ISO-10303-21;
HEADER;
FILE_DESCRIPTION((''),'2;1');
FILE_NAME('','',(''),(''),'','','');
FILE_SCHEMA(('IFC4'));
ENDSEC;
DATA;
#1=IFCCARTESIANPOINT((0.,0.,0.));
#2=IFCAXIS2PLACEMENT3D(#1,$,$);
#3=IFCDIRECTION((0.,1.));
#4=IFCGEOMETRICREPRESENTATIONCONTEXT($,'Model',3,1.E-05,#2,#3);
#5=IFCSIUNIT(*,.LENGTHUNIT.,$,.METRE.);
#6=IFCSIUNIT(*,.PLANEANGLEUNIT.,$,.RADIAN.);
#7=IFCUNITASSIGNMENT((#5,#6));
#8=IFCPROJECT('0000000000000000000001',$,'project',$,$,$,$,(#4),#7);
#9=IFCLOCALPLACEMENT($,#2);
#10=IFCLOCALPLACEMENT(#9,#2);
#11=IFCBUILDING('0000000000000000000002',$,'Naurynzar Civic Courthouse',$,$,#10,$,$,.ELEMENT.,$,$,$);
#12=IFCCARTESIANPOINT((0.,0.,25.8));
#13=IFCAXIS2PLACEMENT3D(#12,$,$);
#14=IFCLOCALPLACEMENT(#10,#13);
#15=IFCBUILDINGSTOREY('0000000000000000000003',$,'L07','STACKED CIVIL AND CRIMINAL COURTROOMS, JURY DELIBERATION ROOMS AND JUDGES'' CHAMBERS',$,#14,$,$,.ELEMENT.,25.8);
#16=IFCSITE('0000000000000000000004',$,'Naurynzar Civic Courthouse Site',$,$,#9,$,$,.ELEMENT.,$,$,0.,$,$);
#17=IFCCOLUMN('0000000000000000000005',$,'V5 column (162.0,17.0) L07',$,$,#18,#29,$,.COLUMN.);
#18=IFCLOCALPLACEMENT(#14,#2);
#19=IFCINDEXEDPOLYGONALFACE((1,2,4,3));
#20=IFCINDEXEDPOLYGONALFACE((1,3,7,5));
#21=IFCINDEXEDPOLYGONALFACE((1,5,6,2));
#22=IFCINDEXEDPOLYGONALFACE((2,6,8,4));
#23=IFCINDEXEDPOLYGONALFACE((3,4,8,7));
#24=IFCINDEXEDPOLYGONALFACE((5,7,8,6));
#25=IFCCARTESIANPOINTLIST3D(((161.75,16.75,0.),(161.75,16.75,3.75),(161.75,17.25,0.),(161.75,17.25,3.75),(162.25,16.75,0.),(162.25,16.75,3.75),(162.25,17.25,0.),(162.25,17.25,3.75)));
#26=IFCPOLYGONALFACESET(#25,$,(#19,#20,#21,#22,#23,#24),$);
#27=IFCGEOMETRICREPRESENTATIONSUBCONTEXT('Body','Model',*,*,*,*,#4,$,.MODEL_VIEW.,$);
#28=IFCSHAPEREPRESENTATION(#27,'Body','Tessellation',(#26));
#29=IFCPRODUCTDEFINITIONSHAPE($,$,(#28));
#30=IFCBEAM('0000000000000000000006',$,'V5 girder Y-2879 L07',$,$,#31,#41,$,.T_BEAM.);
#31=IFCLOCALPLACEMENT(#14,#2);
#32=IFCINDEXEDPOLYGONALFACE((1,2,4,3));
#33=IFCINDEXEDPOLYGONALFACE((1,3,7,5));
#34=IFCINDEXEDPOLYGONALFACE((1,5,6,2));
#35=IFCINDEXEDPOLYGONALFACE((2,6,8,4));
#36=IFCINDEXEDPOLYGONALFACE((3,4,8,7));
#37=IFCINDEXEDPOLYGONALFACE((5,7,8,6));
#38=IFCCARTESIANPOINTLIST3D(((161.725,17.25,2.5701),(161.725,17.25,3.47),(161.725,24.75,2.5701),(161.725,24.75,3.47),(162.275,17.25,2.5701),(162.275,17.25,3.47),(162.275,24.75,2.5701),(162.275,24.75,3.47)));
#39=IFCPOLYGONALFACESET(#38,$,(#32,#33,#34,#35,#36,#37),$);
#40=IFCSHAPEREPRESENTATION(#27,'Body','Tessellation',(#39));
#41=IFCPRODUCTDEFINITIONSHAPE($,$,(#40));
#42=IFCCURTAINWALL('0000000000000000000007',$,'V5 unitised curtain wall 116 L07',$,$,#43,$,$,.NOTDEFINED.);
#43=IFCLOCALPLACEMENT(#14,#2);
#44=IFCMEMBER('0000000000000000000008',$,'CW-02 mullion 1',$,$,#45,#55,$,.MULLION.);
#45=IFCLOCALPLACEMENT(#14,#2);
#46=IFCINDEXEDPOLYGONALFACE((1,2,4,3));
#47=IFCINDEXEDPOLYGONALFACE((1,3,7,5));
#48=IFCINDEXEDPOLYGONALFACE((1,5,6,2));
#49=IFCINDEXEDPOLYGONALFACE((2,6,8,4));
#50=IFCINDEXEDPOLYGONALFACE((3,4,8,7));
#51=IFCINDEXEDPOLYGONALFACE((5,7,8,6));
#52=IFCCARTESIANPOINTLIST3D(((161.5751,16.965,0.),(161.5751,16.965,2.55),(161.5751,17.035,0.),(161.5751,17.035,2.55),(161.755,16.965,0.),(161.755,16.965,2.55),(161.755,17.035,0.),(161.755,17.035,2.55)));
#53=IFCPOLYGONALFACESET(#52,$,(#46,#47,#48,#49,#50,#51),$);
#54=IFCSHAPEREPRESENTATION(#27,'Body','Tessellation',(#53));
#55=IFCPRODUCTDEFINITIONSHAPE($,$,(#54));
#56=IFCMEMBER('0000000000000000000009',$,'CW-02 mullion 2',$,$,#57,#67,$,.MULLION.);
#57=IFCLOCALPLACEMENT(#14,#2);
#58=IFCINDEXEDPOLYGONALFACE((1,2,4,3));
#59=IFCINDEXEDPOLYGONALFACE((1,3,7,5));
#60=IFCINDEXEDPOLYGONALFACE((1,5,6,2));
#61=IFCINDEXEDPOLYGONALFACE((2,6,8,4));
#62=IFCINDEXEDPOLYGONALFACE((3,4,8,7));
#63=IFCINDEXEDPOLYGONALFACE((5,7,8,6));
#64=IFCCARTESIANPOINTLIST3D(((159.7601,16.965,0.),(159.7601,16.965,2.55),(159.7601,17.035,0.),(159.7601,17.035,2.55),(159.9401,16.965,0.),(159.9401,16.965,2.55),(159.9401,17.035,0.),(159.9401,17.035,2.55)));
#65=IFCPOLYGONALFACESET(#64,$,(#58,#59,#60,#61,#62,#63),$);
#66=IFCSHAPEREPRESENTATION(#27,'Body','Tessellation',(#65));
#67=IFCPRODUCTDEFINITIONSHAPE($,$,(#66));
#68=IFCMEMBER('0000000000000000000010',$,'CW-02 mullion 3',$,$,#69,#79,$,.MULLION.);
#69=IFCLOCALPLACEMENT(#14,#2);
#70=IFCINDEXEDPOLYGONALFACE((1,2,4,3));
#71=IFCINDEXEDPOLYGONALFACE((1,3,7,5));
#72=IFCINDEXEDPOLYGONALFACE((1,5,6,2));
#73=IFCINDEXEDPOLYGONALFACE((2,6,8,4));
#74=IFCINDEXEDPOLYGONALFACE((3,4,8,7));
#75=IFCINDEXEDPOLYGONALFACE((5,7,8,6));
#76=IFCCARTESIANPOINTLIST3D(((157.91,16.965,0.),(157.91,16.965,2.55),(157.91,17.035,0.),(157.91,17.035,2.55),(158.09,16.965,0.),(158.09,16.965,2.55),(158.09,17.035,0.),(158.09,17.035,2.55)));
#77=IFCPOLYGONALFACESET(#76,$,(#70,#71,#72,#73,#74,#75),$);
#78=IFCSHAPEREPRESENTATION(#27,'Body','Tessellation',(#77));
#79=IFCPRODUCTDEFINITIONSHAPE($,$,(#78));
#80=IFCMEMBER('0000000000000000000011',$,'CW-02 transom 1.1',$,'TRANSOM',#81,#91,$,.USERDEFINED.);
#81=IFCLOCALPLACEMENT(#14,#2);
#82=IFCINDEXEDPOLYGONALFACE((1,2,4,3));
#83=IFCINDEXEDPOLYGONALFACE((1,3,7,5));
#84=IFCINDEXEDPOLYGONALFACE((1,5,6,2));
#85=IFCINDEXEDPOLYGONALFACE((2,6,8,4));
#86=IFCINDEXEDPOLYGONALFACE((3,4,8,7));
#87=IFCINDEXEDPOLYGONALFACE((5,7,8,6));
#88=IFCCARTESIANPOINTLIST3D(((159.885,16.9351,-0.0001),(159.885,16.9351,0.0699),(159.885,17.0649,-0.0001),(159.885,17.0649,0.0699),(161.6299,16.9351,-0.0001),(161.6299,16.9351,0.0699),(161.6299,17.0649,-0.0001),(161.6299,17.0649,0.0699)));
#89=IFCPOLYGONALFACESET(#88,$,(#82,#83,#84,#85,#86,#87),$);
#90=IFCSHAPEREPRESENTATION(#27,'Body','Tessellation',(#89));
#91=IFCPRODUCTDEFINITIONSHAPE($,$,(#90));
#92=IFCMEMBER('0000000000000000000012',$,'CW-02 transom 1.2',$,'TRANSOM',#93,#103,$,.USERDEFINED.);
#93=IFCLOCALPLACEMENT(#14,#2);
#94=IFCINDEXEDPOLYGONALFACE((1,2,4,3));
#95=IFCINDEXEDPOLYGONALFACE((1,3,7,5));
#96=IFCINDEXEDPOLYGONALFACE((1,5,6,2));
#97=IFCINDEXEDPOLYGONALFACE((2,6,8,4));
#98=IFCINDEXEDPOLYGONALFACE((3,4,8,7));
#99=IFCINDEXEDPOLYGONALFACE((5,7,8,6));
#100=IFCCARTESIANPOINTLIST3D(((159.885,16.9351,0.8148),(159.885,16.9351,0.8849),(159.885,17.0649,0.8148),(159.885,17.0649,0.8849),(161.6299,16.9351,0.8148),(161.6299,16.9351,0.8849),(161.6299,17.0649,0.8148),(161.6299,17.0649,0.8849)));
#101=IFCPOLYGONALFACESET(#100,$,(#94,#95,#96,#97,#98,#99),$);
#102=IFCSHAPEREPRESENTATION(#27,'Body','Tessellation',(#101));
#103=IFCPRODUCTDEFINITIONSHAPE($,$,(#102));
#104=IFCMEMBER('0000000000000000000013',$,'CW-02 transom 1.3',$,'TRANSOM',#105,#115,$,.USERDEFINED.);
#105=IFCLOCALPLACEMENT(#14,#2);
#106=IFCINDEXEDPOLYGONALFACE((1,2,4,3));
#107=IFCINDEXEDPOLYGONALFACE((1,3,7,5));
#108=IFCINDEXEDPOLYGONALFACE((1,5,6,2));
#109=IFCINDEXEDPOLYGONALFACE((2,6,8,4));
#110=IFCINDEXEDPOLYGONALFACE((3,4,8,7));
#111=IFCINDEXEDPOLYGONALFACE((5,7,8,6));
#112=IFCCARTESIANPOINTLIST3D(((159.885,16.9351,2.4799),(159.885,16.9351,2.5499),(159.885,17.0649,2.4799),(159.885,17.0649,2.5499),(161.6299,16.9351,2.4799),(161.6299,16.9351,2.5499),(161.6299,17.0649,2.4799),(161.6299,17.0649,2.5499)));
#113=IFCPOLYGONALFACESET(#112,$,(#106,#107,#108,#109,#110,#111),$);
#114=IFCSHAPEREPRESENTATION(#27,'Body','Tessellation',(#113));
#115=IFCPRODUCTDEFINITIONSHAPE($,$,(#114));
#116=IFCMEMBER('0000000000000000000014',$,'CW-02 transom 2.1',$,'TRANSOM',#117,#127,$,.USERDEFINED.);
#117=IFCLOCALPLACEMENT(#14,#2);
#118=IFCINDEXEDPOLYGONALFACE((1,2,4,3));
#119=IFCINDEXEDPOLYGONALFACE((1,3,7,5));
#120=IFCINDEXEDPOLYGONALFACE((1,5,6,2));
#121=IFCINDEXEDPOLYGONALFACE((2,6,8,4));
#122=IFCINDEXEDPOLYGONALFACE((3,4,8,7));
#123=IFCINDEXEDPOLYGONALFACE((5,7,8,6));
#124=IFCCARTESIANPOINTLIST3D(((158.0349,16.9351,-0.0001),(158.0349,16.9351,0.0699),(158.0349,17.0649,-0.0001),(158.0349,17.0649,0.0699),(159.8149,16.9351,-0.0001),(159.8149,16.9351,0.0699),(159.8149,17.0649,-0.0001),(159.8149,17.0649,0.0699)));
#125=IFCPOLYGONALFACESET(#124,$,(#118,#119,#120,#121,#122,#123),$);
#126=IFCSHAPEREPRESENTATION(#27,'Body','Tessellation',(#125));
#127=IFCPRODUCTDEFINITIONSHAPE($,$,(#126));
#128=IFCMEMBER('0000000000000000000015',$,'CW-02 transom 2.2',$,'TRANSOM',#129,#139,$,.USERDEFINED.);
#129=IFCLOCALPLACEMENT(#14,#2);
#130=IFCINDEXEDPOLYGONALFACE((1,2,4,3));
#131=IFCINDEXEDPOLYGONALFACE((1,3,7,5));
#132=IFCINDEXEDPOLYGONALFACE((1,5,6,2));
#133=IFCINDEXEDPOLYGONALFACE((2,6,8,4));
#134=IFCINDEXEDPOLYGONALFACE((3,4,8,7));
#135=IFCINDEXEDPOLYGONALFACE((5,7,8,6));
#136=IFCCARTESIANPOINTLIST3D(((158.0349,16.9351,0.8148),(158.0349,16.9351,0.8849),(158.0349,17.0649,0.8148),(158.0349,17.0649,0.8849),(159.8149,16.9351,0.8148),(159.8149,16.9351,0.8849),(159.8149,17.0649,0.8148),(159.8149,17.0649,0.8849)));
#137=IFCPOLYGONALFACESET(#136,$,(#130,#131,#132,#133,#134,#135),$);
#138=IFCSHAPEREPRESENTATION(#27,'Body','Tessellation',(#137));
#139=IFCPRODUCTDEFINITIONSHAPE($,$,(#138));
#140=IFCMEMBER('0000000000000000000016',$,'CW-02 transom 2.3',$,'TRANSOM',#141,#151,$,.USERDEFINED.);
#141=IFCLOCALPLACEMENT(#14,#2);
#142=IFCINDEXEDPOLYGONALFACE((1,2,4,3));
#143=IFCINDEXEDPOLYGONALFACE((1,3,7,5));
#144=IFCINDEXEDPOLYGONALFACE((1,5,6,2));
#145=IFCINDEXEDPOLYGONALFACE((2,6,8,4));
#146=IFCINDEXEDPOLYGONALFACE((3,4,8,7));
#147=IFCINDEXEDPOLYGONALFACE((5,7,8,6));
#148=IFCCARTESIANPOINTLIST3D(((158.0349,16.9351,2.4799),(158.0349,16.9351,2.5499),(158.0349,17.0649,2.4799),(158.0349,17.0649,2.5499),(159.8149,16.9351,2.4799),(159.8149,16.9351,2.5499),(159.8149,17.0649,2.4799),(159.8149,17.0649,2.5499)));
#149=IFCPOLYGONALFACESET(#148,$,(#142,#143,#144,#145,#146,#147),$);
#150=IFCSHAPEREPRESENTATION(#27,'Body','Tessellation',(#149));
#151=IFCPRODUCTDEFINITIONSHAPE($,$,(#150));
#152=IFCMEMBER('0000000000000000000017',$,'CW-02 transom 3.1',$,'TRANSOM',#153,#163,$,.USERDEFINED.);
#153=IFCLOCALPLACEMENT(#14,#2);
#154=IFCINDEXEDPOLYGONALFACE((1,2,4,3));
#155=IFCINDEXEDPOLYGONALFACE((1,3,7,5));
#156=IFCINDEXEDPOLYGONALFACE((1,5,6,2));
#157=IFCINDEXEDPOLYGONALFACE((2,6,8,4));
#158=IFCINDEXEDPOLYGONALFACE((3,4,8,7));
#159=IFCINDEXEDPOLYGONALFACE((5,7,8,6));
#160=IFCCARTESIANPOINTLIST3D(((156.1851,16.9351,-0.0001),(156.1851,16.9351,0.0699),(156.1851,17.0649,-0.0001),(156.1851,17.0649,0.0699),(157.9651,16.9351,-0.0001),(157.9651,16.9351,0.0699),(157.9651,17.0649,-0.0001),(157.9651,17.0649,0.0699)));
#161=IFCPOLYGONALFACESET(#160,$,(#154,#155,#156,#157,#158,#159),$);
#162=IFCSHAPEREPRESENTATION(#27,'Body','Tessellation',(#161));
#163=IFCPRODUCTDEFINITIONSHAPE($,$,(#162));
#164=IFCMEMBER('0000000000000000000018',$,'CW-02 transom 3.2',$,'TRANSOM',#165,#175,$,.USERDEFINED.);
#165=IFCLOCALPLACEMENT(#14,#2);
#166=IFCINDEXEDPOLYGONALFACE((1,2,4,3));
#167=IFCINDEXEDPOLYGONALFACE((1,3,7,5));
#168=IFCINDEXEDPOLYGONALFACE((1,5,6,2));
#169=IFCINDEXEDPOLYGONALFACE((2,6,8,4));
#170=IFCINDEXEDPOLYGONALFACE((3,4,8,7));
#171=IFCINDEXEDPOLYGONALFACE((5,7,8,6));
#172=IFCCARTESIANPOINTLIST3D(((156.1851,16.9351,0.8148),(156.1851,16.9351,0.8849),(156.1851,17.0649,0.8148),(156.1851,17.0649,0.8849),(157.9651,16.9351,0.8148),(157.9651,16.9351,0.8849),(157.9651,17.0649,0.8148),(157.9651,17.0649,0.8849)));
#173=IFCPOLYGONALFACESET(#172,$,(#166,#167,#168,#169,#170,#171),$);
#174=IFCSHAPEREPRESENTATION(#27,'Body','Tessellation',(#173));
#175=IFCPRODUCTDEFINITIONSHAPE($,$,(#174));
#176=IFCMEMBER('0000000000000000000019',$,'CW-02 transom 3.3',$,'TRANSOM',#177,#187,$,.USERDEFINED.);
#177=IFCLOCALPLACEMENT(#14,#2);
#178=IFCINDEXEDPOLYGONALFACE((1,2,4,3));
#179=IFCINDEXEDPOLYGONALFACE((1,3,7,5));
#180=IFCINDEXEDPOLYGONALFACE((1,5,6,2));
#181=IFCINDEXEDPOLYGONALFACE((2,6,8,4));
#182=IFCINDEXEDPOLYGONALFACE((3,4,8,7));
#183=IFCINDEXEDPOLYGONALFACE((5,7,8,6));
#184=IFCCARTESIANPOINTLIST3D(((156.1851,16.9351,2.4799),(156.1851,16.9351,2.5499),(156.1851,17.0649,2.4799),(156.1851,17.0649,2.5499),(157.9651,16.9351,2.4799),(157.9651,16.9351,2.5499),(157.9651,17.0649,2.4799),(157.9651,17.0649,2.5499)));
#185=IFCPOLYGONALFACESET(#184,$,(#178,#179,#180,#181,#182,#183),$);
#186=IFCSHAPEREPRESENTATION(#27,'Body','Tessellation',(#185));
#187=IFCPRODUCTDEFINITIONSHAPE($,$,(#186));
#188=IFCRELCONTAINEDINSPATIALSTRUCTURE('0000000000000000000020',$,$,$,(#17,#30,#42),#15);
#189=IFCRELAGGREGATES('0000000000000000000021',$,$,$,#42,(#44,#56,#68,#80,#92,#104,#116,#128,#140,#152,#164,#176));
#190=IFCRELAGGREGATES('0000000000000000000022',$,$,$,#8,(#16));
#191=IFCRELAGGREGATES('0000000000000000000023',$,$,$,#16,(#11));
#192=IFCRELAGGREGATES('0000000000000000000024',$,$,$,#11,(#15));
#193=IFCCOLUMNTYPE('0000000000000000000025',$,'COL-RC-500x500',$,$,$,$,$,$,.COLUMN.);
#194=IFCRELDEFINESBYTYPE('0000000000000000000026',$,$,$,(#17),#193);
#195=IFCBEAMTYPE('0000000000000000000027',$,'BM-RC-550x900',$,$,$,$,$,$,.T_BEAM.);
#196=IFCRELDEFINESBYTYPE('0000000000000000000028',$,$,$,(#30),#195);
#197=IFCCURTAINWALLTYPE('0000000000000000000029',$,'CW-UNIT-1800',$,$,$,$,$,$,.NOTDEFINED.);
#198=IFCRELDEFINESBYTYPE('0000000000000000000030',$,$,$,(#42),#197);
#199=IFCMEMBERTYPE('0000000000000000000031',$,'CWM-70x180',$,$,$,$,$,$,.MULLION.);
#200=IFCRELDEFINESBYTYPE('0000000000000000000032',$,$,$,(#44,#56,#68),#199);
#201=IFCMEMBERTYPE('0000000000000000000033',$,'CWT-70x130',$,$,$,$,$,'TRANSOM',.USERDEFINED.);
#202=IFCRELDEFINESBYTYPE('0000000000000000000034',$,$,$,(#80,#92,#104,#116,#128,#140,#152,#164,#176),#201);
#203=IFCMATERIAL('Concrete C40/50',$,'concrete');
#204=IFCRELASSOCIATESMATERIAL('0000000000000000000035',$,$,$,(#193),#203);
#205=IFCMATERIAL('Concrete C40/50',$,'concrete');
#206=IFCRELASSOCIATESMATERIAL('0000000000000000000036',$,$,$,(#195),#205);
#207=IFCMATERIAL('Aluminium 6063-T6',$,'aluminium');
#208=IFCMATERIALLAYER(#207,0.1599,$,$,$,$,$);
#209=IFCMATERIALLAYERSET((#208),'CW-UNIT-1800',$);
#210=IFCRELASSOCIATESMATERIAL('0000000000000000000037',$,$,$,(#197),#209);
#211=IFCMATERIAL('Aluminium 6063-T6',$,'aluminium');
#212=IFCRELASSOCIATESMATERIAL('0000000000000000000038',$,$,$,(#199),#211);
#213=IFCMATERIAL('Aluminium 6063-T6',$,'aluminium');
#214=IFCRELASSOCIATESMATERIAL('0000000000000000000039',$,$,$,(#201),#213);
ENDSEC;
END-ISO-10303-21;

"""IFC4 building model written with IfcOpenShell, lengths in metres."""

from ifc_helpers import new_model, si_unit, direction, frame, origin, origin_2d, place, context, subcontext, project, spatial, rectangle, extrude, material, layer, layer_set, material_profile, profile_set, type_object, element, aggregate, save


model = new_model("IFC4")

# Units and contexts
model_context = context("Model", 3, precision=1e-05, world=origin(), true_north=direction((0.0, 1.0)))
body_context = subcontext(model_context, "Body", "Model", "MODEL_VIEW")
ifc_project = project(units=[si_unit("LENGTHUNIT", "METRE"), si_unit("PLANEANGLEUNIT", "RADIAN")], contexts=[model_context])

# Site, building, storey
site_placement = place(None, origin())
site = spatial("IfcSite", under=ifc_project, at=site_placement, Name="Naurynzar Civic Courthouse Site", CompositionType="ELEMENT", RefElevation=0.0)
building_placement = place(site_placement, origin())
building = spatial("IfcBuilding", under=site, at=building_placement, Name="Naurynzar Civic Courthouse", CompositionType="ELEMENT")
storey_placement = place(building_placement, frame((0.0, 0.0, 25.8)))
storey = spatial("IfcBuildingStorey", under=building, at=storey_placement, Name="L07", Description="STACKED CIVIL AND CRIMINAL COURTROOMS, JURY DELIBERATION ROOMS AND JUDGES' CHAMBERS", CompositionType="ELEMENT", Elevation=25.8)

# Column
ifc_material_1 = material(Name="Concrete C40/50", Category="concrete")
ifc_material_profile_1 = material_profile(ifc_material_1, rectangle(XDim=0.5, YDim=0.5, at=origin_2d()), Name="RC 500x500")
ifc_profile_set_1 = profile_set([ifc_material_profile_1], Name="Concrete C40/50")
column_type = type_object("IfcColumnType", Name="COL-RC-500x500", PredefinedType="COLUMN", material=ifc_profile_set_1)
column_placement = place(storey_placement, frame((162.0, 17.0, 0.0), z_axis=(0.0, 0.0, 1.0), x_axis=(1.0, 0.0, 0.0)))
element("IfcColumn", 1, at=column_placement, inside=storey, type_object=column_type, Name="V5 column (162.0,17.0) L07", PredefinedType="COLUMN", context=body_context, shape_type="SweptSolid", body=[
    extrude(rectangle(XDim=0.5, YDim=0.5, at=origin_2d()), origin(), (0.0, 0.0, 1.0), 3.75),
])

# Beam
ifc_material_2 = material(Name="Concrete C40/50", Category="concrete")
ifc_material_profile_2 = material_profile(ifc_material_2, rectangle(XDim=0.55, YDim=0.8999, at=origin_2d()), Name="RCB 550x900")
ifc_profile_set_2 = profile_set([ifc_material_profile_2], Name="Concrete C40/50")
beam_type = type_object("IfcBeamType", Name="BM-RC-550x900", PredefinedType="T_BEAM", material=ifc_profile_set_2)
beam_placement = place(storey_placement, frame((162.0, 17.25, 3.02), z_axis=(0.0, 1.0, 0.0), x_axis=(-1.0, 0.0, 0.0)))
element("IfcBeam", 2, at=beam_placement, inside=storey, type_object=beam_type, Name="V5 girder Y-2879 L07", PredefinedType="T_BEAM", context=body_context, shape_type="SweptSolid", body=[
    extrude(rectangle(XDim=0.55, YDim=0.8999, at=origin_2d()), origin(), (0.0, 0.0, 1.0), 7.5),
])

# Curtain wall, members
ifc_material_3 = material(Name="Aluminium 6063-T6", Category="aluminium")
ifc_layer_1 = layer(ifc_material_3, 0.1599)
ifc_layer_set_1 = layer_set([ifc_layer_1], Name="CW-UNIT-1800")
curtain_wall_type = type_object("IfcCurtainWallType", Name="CW-UNIT-1800", PredefinedType="NOTDEFINED", material=ifc_layer_set_1)
curtain_wall_placement = place(storey_placement, origin())
curtain_wall = element("IfcCurtainWall", 3, at=curtain_wall_placement, inside=storey, type_object=curtain_wall_type, Name="V5 unitised curtain wall 116 L07", PredefinedType="NOTDEFINED")
ifc_material_4 = material(Name="Aluminium 6063-T6", Category="aluminium")
ifc_material_profile_3 = material_profile(ifc_material_4, rectangle(XDim=0.0701, YDim=0.1799, at=origin_2d()), Name="ALU MULLION 70x180")
ifc_profile_set_3 = profile_set([ifc_material_profile_3], Name="Aluminium 6063-T6")
member_type_1 = type_object("IfcMemberType", Name="CWM-70x180", PredefinedType="MULLION", material=ifc_profile_set_3)
member_1_placement = place(storey_placement, frame((161.665, 17.0, 0.0), z_axis=(0.0, 0.0, 1.0), x_axis=(0.0, -1.0, 0.0)))
member_1 = element("IfcMember", 4, at=member_1_placement, type_object=member_type_1, Name="CW-02 mullion 1", PredefinedType="MULLION", context=body_context, shape_type="SweptSolid", body=[
    extrude(rectangle(XDim=0.0701, YDim=0.1799, at=origin_2d()), origin(), (0.0, 0.0, 1.0), 2.55),
])
member_2_placement = place(storey_placement, frame((159.8501, 17.0, 0.0), z_axis=(0.0, 0.0, 1.0), x_axis=(0.0, -1.0, 0.0)))
member_2 = element("IfcMember", 5, at=member_2_placement, type_object=member_type_1, Name="CW-02 mullion 2", PredefinedType="MULLION", context=body_context, shape_type="SweptSolid", body=[
    extrude(rectangle(XDim=0.0701, YDim=0.1799, at=origin_2d()), origin(), (0.0, 0.0, 1.0), 2.55),
])
member_3_placement = place(storey_placement, frame((158.0, 17.0, 0.0), z_axis=(0.0, 0.0, 1.0), x_axis=(0.0, -1.0, 0.0)))
member_3 = element("IfcMember", 6, at=member_3_placement, type_object=member_type_1, Name="CW-02 mullion 3", PredefinedType="MULLION", context=body_context, shape_type="SweptSolid", body=[
    extrude(rectangle(XDim=0.0701, YDim=0.1799, at=origin_2d()), origin(), (0.0, 0.0, 1.0), 2.55),
])
ifc_material_5 = material(Name="Aluminium 6063-T6", Category="aluminium")
ifc_material_profile_4 = material_profile(ifc_material_5, rectangle(XDim=0.1299, YDim=0.0701, at=origin_2d()), Name="ALU TRANSOM 70x130")
ifc_profile_set_4 = profile_set([ifc_material_profile_4], Name="Aluminium 6063-T6")
member_type_2 = type_object("IfcMemberType", Name="CWT-70x130", ElementType="TRANSOM", PredefinedType="USERDEFINED", material=ifc_profile_set_4)
member_4_placement = place(storey_placement, frame((161.6299, 17.0, 0.0349), z_axis=(-1.0, 0.0, 0.0), x_axis=(0.0, -1.0, 0.0)))
member_4 = element("IfcMember", 7, at=member_4_placement, type_object=member_type_2, Name="CW-02 transom 1.1", ObjectType="TRANSOM", PredefinedType="USERDEFINED", context=body_context, shape_type="SweptSolid", body=[
    extrude(rectangle(XDim=0.1299, YDim=0.0701, at=origin_2d()), origin(), (0.0, 0.0, 1.0), 1.7449),
])
member_5_placement = place(storey_placement, frame((161.6299, 17.0, 0.8499), z_axis=(-1.0, 0.0, 0.0), x_axis=(0.0, -1.0, 0.0)))
member_5 = element("IfcMember", 8, at=member_5_placement, type_object=member_type_2, Name="CW-02 transom 1.2", ObjectType="TRANSOM", PredefinedType="USERDEFINED", context=body_context, shape_type="SweptSolid", body=[
    extrude(rectangle(XDim=0.1299, YDim=0.0701, at=origin_2d()), origin(), (0.0, 0.0, 1.0), 1.7449),
])
member_6_placement = place(storey_placement, frame((161.6299, 17.0, 2.5149), z_axis=(-1.0, 0.0, 0.0), x_axis=(0.0, -1.0, 0.0)))
member_6 = element("IfcMember", 9, at=member_6_placement, type_object=member_type_2, Name="CW-02 transom 1.3", ObjectType="TRANSOM", PredefinedType="USERDEFINED", context=body_context, shape_type="SweptSolid", body=[
    extrude(rectangle(XDim=0.1299, YDim=0.0701, at=origin_2d()), origin(), (0.0, 0.0, 1.0), 1.7449),
])
member_7_placement = place(storey_placement, frame((159.8149, 17.0, 0.0349), z_axis=(-1.0, 0.0, 0.0), x_axis=(0.0, -1.0, 0.0)))
member_7 = element("IfcMember", 10, at=member_7_placement, type_object=member_type_2, Name="CW-02 transom 2.1", ObjectType="TRANSOM", PredefinedType="USERDEFINED", context=body_context, shape_type="SweptSolid", body=[
    extrude(rectangle(XDim=0.1299, YDim=0.0701, at=origin_2d()), origin(), (0.0, 0.0, 1.0), 1.78),
])
member_8_placement = place(storey_placement, frame((159.8149, 17.0, 0.8499), z_axis=(-1.0, 0.0, 0.0), x_axis=(0.0, -1.0, 0.0)))
member_8 = element("IfcMember", 11, at=member_8_placement, type_object=member_type_2, Name="CW-02 transom 2.2", ObjectType="TRANSOM", PredefinedType="USERDEFINED", context=body_context, shape_type="SweptSolid", body=[
    extrude(rectangle(XDim=0.1299, YDim=0.0701, at=origin_2d()), origin(), (0.0, 0.0, 1.0), 1.78),
])
member_9_placement = place(storey_placement, frame((159.8149, 17.0, 2.5149), z_axis=(-1.0, 0.0, 0.0), x_axis=(0.0, -1.0, 0.0)))
member_9 = element("IfcMember", 12, at=member_9_placement, type_object=member_type_2, Name="CW-02 transom 2.3", ObjectType="TRANSOM", PredefinedType="USERDEFINED", context=body_context, shape_type="SweptSolid", body=[
    extrude(rectangle(XDim=0.1299, YDim=0.0701, at=origin_2d()), origin(), (0.0, 0.0, 1.0), 1.78),
])
member_10_placement = place(storey_placement, frame((157.9651, 17.0, 0.0349), z_axis=(-1.0, 0.0, 0.0), x_axis=(0.0, -1.0, 0.0)))
member_10 = element("IfcMember", 13, at=member_10_placement, type_object=member_type_2, Name="CW-02 transom 3.1", ObjectType="TRANSOM", PredefinedType="USERDEFINED", context=body_context, shape_type="SweptSolid", body=[
    extrude(rectangle(XDim=0.1299, YDim=0.0701, at=origin_2d()), origin(), (0.0, 0.0, 1.0), 1.78),
])
member_11_placement = place(storey_placement, frame((157.9651, 17.0, 0.8499), z_axis=(-1.0, 0.0, 0.0), x_axis=(0.0, -1.0, 0.0)))
member_11 = element("IfcMember", 14, at=member_11_placement, type_object=member_type_2, Name="CW-02 transom 3.2", ObjectType="TRANSOM", PredefinedType="USERDEFINED", context=body_context, shape_type="SweptSolid", body=[
    extrude(rectangle(XDim=0.1299, YDim=0.0701, at=origin_2d()), origin(), (0.0, 0.0, 1.0), 1.78),
])
member_12_placement = place(storey_placement, frame((157.9651, 17.0, 2.5149), z_axis=(-1.0, 0.0, 0.0), x_axis=(0.0, -1.0, 0.0)))
member_12 = element("IfcMember", 15, at=member_12_placement, type_object=member_type_2, Name="CW-02 transom 3.3", ObjectType="TRANSOM", PredefinedType="USERDEFINED", context=body_context, shape_type="SweptSolid", body=[
    extrude(rectangle(XDim=0.1299, YDim=0.0701, at=origin_2d()), origin(), (0.0, 0.0, 1.0), 1.78),
])
aggregate(curtain_wall, [member_1, member_2, member_3, member_4, member_5, member_6, member_7, member_8, member_9, member_10, member_11, member_12])

save(model, "model.ifc")
